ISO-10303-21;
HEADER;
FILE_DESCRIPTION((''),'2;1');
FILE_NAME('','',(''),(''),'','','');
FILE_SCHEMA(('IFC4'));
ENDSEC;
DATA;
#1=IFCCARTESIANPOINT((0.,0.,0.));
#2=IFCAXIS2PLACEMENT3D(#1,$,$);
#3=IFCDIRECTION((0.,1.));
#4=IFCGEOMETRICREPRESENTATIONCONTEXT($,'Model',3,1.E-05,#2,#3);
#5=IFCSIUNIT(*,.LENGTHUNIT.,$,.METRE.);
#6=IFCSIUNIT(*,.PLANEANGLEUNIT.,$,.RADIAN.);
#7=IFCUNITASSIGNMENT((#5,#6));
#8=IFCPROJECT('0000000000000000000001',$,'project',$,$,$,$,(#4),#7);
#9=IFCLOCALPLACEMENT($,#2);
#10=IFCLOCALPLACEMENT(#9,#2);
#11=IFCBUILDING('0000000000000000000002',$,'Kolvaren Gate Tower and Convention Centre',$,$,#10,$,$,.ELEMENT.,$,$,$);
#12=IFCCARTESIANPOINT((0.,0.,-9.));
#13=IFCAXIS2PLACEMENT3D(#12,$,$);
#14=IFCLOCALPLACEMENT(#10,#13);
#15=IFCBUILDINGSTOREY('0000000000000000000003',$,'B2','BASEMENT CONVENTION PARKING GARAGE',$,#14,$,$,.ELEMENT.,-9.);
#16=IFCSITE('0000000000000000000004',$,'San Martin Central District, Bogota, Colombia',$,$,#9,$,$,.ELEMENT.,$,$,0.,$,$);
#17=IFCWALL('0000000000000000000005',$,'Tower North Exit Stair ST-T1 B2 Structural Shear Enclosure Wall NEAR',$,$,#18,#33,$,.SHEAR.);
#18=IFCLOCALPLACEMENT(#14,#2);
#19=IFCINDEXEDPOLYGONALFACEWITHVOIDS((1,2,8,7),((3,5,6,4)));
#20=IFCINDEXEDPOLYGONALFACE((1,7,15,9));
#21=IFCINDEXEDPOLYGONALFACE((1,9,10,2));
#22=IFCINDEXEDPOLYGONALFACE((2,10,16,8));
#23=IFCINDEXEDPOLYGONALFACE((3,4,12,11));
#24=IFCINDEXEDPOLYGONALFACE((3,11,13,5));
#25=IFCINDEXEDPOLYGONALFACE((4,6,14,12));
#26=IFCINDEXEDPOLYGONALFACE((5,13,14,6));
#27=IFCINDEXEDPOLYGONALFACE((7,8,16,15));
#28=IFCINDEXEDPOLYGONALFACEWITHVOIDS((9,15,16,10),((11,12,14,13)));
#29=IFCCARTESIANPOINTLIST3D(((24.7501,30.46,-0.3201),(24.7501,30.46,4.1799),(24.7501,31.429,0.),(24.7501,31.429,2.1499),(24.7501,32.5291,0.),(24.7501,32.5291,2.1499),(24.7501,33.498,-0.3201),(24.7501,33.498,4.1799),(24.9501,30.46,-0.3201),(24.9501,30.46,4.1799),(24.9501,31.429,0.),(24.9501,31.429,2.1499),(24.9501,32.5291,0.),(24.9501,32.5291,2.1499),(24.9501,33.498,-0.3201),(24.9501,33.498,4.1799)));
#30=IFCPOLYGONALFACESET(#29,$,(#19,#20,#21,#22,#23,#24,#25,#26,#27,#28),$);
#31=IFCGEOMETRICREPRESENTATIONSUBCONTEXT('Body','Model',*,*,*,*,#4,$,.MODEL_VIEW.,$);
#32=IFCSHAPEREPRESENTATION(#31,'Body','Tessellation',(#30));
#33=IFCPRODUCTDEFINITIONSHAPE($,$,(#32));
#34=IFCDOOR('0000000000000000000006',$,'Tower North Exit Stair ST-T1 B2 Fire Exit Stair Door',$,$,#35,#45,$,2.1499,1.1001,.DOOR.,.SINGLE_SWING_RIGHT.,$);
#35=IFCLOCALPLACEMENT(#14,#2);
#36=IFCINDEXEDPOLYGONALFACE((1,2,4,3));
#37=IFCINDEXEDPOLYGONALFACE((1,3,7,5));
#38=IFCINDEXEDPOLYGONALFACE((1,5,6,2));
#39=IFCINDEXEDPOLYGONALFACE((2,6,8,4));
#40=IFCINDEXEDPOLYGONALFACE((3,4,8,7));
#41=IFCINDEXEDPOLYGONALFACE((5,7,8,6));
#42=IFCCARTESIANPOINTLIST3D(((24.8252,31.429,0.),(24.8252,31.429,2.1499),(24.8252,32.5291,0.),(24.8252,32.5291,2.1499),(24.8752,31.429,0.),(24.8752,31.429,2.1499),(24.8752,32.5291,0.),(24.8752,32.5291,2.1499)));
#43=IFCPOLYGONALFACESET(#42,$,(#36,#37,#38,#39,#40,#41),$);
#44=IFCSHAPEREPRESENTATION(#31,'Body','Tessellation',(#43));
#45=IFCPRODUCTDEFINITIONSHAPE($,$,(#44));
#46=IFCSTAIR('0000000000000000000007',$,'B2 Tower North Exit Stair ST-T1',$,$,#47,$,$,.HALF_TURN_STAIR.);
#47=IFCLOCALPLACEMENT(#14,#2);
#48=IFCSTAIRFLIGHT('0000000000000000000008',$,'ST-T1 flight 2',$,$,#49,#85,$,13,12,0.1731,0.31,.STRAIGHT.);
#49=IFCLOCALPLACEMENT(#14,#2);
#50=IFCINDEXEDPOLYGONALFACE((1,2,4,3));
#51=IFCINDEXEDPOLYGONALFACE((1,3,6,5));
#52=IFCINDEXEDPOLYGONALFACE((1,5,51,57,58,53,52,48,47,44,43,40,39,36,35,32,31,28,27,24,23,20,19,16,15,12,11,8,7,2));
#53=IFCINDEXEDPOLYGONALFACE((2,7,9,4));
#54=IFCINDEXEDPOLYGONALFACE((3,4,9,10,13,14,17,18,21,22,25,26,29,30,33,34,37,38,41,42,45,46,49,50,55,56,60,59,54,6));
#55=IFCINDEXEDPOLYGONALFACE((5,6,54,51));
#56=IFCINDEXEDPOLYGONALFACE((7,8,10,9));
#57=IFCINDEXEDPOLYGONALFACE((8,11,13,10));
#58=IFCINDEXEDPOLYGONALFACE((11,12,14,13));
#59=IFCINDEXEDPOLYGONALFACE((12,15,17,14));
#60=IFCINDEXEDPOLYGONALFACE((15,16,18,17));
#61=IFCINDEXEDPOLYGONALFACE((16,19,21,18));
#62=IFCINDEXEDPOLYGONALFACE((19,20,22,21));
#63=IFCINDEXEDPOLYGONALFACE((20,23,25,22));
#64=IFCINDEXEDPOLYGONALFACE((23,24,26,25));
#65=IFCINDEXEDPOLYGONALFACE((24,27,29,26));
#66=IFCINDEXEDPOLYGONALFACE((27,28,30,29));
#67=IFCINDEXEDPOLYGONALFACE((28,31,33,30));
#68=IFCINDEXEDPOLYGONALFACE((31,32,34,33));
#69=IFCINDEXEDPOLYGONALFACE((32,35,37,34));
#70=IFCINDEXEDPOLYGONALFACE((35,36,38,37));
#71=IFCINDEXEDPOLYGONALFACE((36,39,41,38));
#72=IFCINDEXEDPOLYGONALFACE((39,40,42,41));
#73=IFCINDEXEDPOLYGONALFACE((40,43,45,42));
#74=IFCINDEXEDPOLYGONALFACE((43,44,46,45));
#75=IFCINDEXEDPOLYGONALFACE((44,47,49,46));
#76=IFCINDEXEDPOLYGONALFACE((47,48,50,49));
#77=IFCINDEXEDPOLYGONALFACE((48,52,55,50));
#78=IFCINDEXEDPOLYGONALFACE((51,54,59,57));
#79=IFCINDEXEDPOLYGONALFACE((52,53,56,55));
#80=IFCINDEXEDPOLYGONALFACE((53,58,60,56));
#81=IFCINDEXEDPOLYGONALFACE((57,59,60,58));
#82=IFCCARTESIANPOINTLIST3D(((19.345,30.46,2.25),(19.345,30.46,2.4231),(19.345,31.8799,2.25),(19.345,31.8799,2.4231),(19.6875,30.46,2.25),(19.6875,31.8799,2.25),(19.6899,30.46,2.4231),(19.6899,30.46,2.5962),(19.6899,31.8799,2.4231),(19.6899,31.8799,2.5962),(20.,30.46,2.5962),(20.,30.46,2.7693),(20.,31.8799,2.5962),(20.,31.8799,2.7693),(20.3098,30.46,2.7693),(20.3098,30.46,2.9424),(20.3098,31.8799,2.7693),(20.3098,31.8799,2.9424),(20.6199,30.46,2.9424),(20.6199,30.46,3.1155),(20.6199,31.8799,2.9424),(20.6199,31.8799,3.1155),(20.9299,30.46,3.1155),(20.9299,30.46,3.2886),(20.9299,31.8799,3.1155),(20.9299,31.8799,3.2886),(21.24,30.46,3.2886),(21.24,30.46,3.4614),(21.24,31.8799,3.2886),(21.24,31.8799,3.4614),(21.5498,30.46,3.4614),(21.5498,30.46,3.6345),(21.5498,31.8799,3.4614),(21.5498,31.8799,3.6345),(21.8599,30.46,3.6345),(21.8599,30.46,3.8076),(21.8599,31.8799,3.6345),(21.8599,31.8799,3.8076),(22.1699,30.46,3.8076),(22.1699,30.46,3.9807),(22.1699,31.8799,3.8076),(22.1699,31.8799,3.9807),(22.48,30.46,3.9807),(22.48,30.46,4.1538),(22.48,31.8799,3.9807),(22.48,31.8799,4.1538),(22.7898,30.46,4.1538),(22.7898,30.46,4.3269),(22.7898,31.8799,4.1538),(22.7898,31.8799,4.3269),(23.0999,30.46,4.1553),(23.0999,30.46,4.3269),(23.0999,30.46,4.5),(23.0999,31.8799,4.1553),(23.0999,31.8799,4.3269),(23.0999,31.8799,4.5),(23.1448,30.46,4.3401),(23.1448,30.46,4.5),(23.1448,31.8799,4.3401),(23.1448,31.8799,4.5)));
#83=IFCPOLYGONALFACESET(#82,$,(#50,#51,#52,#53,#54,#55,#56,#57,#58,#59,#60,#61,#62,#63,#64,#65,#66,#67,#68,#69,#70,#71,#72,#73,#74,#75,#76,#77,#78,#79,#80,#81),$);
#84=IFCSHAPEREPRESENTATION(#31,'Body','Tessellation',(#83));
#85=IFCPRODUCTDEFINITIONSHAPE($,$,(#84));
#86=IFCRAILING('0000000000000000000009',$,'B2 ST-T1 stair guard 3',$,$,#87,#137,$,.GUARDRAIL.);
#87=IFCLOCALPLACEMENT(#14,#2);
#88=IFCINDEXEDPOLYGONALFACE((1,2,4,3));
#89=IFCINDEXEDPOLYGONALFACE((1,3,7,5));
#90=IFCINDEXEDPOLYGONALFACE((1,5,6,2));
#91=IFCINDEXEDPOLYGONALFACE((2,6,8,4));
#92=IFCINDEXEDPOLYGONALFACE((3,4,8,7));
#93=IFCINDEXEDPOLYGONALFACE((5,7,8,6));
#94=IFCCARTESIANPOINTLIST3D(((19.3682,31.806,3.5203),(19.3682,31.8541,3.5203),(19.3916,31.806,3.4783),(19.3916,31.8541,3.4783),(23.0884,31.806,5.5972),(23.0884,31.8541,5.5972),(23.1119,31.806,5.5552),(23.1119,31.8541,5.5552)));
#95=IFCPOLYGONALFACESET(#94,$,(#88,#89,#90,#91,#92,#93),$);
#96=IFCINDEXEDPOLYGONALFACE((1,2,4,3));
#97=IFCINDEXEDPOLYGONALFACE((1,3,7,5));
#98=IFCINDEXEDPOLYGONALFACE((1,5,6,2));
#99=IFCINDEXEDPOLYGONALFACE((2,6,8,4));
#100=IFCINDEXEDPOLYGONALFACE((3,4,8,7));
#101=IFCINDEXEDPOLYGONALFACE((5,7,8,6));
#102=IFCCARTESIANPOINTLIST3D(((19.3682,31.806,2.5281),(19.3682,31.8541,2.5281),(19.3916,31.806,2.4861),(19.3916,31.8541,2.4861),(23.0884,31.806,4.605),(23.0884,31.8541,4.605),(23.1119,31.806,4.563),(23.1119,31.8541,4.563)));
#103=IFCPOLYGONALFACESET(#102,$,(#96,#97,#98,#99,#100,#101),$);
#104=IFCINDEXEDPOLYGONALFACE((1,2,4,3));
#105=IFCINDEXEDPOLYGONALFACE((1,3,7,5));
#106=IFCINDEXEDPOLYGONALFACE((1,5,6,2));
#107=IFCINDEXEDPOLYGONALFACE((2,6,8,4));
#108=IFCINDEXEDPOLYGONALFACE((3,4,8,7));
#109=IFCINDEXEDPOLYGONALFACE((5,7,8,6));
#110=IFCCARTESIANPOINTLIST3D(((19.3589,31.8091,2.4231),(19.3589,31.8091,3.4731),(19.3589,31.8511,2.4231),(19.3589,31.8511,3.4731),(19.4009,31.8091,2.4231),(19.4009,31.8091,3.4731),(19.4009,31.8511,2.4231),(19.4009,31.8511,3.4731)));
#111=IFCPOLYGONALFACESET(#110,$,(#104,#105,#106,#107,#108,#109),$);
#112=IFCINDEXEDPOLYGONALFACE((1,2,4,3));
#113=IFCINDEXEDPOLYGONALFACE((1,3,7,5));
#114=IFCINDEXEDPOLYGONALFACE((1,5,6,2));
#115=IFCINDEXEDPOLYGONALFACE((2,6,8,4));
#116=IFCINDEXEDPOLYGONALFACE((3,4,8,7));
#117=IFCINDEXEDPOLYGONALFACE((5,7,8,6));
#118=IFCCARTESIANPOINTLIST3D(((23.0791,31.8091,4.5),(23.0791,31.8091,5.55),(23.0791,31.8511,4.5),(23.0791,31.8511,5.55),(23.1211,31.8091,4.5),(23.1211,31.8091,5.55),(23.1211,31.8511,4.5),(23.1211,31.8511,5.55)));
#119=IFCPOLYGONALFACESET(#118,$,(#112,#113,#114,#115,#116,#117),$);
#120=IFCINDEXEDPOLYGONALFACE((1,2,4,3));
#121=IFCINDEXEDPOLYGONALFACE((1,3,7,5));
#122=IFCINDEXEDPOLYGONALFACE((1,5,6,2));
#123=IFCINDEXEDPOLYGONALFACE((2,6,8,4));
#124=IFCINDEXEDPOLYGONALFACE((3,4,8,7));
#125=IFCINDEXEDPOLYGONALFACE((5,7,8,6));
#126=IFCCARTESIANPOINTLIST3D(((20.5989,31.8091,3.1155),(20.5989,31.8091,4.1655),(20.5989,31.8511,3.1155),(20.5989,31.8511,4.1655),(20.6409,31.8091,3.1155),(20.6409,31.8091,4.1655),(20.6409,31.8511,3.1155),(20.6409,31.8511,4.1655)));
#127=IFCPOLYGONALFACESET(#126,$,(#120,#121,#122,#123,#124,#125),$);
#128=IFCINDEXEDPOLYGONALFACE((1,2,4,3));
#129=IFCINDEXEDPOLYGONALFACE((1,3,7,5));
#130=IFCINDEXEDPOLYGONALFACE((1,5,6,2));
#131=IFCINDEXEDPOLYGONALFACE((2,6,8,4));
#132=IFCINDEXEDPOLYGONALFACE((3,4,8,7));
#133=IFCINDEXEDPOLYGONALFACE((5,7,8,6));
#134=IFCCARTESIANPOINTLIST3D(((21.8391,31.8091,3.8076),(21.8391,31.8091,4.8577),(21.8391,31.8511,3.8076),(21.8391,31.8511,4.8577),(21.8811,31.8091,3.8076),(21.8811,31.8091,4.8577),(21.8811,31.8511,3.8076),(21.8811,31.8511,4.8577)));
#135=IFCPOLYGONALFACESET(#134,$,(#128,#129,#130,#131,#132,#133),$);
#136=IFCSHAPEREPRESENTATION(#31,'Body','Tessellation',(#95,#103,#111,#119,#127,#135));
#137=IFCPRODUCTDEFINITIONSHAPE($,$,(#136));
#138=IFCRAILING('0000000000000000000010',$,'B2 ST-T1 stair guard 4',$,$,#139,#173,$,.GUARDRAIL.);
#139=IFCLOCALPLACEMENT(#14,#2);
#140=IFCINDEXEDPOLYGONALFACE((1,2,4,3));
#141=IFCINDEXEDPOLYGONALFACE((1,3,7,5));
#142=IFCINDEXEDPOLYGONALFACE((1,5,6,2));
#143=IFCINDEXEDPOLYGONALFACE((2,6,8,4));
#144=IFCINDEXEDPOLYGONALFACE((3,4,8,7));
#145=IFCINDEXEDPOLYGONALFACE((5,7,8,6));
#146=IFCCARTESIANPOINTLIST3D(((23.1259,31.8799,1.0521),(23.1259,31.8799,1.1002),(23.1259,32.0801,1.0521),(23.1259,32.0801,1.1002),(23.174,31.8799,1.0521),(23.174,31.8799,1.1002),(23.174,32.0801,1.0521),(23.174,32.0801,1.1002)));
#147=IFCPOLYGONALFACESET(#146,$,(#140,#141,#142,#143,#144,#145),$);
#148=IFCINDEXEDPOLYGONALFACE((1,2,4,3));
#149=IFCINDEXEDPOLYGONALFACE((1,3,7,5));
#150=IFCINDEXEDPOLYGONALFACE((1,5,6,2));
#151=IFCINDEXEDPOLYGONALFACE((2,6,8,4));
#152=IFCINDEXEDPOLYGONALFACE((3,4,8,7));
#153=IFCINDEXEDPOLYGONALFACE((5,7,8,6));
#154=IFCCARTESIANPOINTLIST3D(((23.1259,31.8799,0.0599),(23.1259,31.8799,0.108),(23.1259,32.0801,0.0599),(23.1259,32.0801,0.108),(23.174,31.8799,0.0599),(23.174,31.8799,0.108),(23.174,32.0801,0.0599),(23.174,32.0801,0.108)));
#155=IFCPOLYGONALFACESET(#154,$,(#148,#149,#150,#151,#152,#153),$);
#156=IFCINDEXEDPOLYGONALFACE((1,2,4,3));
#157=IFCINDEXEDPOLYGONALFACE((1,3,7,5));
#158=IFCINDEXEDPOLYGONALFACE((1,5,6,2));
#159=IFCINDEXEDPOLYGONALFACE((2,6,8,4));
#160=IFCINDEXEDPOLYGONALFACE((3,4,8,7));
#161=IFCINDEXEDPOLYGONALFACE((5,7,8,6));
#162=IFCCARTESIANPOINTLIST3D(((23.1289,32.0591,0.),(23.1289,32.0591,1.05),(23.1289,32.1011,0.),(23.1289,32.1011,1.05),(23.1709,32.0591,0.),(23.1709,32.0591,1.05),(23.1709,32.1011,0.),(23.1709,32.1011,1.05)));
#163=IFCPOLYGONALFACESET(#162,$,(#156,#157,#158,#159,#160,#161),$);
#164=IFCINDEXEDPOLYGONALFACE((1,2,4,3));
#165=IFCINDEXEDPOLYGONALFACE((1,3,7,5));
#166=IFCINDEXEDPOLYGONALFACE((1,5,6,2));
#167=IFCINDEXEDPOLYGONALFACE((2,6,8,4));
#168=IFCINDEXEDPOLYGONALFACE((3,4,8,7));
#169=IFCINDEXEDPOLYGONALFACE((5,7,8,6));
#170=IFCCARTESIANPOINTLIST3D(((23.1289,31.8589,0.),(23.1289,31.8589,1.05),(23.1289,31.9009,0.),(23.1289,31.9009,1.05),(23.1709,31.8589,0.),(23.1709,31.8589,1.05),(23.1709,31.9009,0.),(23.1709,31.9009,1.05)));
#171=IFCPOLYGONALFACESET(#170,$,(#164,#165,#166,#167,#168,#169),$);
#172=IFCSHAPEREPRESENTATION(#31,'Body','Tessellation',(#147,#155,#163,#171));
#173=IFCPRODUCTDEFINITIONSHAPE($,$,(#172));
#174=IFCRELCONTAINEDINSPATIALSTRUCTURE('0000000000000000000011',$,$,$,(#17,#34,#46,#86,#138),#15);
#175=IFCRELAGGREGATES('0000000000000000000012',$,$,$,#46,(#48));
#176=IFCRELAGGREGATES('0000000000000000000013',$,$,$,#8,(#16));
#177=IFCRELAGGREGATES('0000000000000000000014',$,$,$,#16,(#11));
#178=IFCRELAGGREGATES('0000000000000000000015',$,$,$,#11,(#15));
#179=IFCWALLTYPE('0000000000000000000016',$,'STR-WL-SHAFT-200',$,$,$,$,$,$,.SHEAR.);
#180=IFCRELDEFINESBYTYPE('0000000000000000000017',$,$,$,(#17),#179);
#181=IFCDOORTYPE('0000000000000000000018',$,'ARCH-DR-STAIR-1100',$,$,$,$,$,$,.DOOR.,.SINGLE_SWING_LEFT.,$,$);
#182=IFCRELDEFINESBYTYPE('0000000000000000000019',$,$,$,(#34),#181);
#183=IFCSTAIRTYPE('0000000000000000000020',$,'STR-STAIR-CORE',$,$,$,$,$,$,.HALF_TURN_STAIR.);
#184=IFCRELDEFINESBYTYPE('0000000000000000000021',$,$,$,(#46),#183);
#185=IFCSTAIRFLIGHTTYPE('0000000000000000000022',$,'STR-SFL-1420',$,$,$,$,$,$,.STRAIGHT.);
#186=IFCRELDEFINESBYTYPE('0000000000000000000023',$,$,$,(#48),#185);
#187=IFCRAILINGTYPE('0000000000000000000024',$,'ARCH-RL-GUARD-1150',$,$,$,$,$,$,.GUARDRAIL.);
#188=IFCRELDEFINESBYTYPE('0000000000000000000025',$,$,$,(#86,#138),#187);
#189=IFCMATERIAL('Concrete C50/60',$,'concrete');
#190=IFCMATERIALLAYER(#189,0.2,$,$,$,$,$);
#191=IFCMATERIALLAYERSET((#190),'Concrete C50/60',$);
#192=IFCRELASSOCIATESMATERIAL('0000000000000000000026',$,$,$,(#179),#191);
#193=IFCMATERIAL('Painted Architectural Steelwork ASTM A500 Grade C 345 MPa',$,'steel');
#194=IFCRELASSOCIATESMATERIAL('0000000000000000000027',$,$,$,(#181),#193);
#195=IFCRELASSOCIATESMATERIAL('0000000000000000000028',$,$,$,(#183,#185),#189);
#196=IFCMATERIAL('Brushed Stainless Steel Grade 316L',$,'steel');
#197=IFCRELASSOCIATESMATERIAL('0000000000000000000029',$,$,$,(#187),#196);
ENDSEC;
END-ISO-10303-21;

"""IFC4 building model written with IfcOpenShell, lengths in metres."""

from ifc_helpers import new_model, si_unit, direction, frame, frame_2d, origin, origin_2d, place, context, subcontext, project, spatial, polyline, rectangle, outline, extrude, material, layer, layer_set, type_object, element, fill, aggregate, save


model = new_model("IFC4")

# Units and contexts
model_context = context("Model", 3, precision=1e-05, world=origin(), true_north=direction((0.0, 1.0)))
body_context = subcontext(model_context, "Body", "Model", "MODEL_VIEW")
ifc_project = project(units=[si_unit("LENGTHUNIT", "METRE"), si_unit("PLANEANGLEUNIT", "RADIAN")], contexts=[model_context])

# Site, building, storey
site_placement = place(None, origin())
site = spatial("IfcSite", under=ifc_project, at=site_placement, Name="San Martin Central District, Bogota, Colombia", CompositionType="ELEMENT", RefElevation=0.0)
building_placement = place(site_placement, origin())
building = spatial("IfcBuilding", under=site, at=building_placement, Name="Kolvaren Gate Tower and Convention Centre", CompositionType="ELEMENT")
storey_placement = place(building_placement, frame((0.0, 0.0, -9.0)))
storey = spatial("IfcBuildingStorey", under=building, at=storey_placement, Name="B2", Description="BASEMENT CONVENTION PARKING GARAGE", CompositionType="ELEMENT", Elevation=-9.0)

# Shared definitions
ifc_material_1 = material(Name="Brushed Stainless Steel Grade 316L", Category="steel")

# Wall, opening, door
ifc_material_2 = material(Name="Concrete C50/60", Category="concrete")
ifc_layer_1 = layer(ifc_material_2, 0.2)
ifc_layer_set_1 = layer_set([ifc_layer_1], Name="Concrete C50/60")
wall_type_1 = type_object("IfcWallType", Name="STR-WL-SHAFT-200", PredefinedType="SHEAR", material=ifc_layer_set_1)
wall_1_placement = place(storey_placement, frame((24.8501, 30.46, -0.3201), z_axis=(0.0, 0.0, 1.0), x_axis=(0.0, 1.0, 0.0)))
wall_1 = element("IfcWall", 1, at=wall_1_placement, inside=storey, type_object=wall_type_1, Name="Tower North Exit Stair ST-T1 B2 Structural Shear Enclosure Wall NEAR", PredefinedType="SHEAR", context=body_context, shape_type="SweptSolid", body=[
    extrude(rectangle(XDim=3.0381, YDim=0.2, at=frame_2d((1.519, 0.0))), origin(), (0.0, 0.0, 1.0), 4.5),
])
opening_1_placement = place(wall_1_placement, frame((0.969, 0.0, 0.3201)))
opening_1 = element("IfcOpeningElement", 2, at=opening_1_placement, cuts=wall_1, PredefinedType="OPENING", context=body_context, shape_type="SweptSolid", body=[
    extrude(rectangle(XDim=1.1001, YDim=2.1499, at=frame_2d((0.55, 1.075))), frame((0.0, 0.1099, 0.0), z_axis=(0.0, -1.0, 0.0), x_axis=(1.0, 0.0, 0.0)), (0.0, 0.0, 1.0), 0.22),
])
ifc_material_3 = material(Name="Painted Architectural Steelwork ASTM A500 Grade C 345 MPa", Category="steel")
door_type_1 = type_object("IfcDoorType", Name="ARCH-DR-STAIR-1100", OperationType="SINGLE_SWING_LEFT", PredefinedType="DOOR", material=ifc_material_3)
door_1_placement = place(opening_1_placement, origin())
door_1 = element("IfcDoor", 3, at=door_1_placement, inside=storey, type_object=door_type_1, Name="Tower North Exit Stair ST-T1 B2 Fire Exit Stair Door", OperationType="SINGLE_SWING_RIGHT", OverallHeight=2.1499, OverallWidth=1.1001, PredefinedType="DOOR", context=body_context, shape_type="SweptSolid", body=[
    extrude(rectangle(XDim=1.1001, YDim=2.1499, at=frame_2d((0.55, 1.075))), frame((0.0, 0.0249, 0.0), z_axis=(0.0, -1.0, 0.0), x_axis=(1.0, 0.0, 0.0)), (0.0, 0.0, 1.0), 0.05),
])
fill(opening_1, door_1)

# Stair, stair flight
stair_type = type_object("IfcStairType", Name="STR-STAIR-CORE", PredefinedType="HALF_TURN_STAIR", material=ifc_material_2)
stair_placement = place(storey_placement, origin())
stair = element("IfcStair", 4, at=stair_placement, inside=storey, type_object=stair_type, Name="B2 Tower North Exit Stair ST-T1", PredefinedType="HALF_TURN_STAIR")
stair_flight_type = type_object("IfcStairFlightType", Name="STR-SFL-1420", PredefinedType="STRAIGHT", material=ifc_material_2)
stair_flight_placement = place(storey_placement, frame((19.3799, 31.1699, 2.25), z_axis=(0.0, 0.0, 1.0), x_axis=(1.0, 0.0, 0.0)))
stair_flight = element("IfcStairFlight", 5, at=stair_flight_placement, type_object=stair_flight_type, Name="ST-T1 flight 2", NumberOfRisers=13, NumberOfTreads=12, PredefinedType="STRAIGHT", RiserHeight=0.1731, TreadLength=0.31, context=body_context, shape_type="SweptSolid", body=[
    extrude(outline(polyline([(-0.0349, 0.0), (-0.0349, 0.1731), (0.3101, 0.1731), (0.3101, 0.3462), (0.6201, 0.3462), (0.6201, 0.5193), (0.9299, 0.5193), (0.9299, 0.6924), (1.24, 0.6924), (1.24, 0.8655), (1.55, 0.8655), (1.55, 1.0386), (1.8601, 1.0386), (1.8601, 1.2114), (2.1699, 1.2114), (2.1699, 1.3845), (2.48, 1.3845), (2.48, 1.5576), (2.79, 1.5576), (2.79, 1.7307), (3.1001, 1.7307), (3.1001, 1.9038), (3.4099, 1.9038), (3.4099, 2.0769), (3.72, 2.0769), (3.72, 2.25), (3.7649, 2.25), (3.7649, 2.0901), (3.72, 1.9053), (0.3076, 0.0), (-0.0349, 0.0)])), frame((0.0, 0.71, 0.0), z_axis=(0.0, -1.0, 0.0), x_axis=(1.0, 0.0, 0.0)), (0.0, 0.0, 1.0), 1.4199),
])
aggregate(stair, [stair_flight])

# Railings
railing_type = type_object("IfcRailingType", Name="ARCH-RL-GUARD-1150", PredefinedType="GUARDRAIL", material=ifc_material_1)
railing_1_placement = place(storey_placement, frame((19.3799, 31.8301, 2.4231)))
element("IfcRailing", 6, at=railing_1_placement, inside=storey, type_object=railing_type, Name="B2 ST-T1 stair guard 3", PredefinedType="GUARDRAIL", context=body_context, shape_type="SweptSolid", body=[
    extrude(rectangle(XDim=0.0481, YDim=0.0481, at=origin_2d()), frame((0.0, 0.0, 1.0762), z_axis=(0.873147, 0.0, 0.487457), x_axis=(0.0, 1.0, 0.0)), (0.0, 0.0, 1.0), 4.2607),
    extrude(rectangle(XDim=0.0481, YDim=0.0481, at=origin_2d()), frame((0.0, 0.0, 0.084), z_axis=(0.873147, 0.0, 0.487457), x_axis=(0.0, 1.0, 0.0)), (0.0, 0.0, 1.0), 4.2607),
    extrude(rectangle(XDim=0.042, YDim=0.042, at=origin_2d()), origin(), (0.0, 0.0, 1.0), 1.05),
    extrude(rectangle(XDim=0.042, YDim=0.042, at=origin_2d()), frame((3.7202, 0.0, 2.0769)), (0.0, 0.0, 1.0), 1.05),
    extrude(rectangle(XDim=0.042, YDim=0.042, at=origin_2d()), frame((1.24, 0.0, 0.6924)), (0.0, 0.0, 1.0), 1.05),
    extrude(rectangle(XDim=0.042, YDim=0.042, at=origin_2d()), frame((2.4802, 0.0, 1.3845)), (0.0, 0.0, 1.0), 1.05),
])
railing_2_placement = place(storey_placement, frame((23.1499, 32.0801, 0.0)))
element("IfcRailing", 7, at=railing_2_placement, inside=storey, type_object=railing_type, Name="B2 ST-T1 stair guard 4", PredefinedType="GUARDRAIL", context=body_context, shape_type="SweptSolid", body=[
    extrude(rectangle(XDim=0.0481, YDim=0.0481, at=origin_2d()), frame((0.0, 0.0, 1.0762), z_axis=(0.0, -1.0, 0.0), x_axis=(1.0, 0.0, 0.0)), (0.0, 0.0, 1.0), 0.2002),
    extrude(rectangle(XDim=0.0481, YDim=0.0481, at=origin_2d()), frame((0.0, 0.0, 0.084), z_axis=(0.0, -1.0, 0.0), x_axis=(1.0, 0.0, 0.0)), (0.0, 0.0, 1.0), 0.2002),
    extrude(rectangle(XDim=0.042, YDim=0.042, at=origin_2d()), origin(), (0.0, 0.0, 1.0), 1.05),
    extrude(rectangle(XDim=0.042, YDim=0.042, at=origin_2d()), frame((0.0, -0.2002, 0.0)), (0.0, 0.0, 1.0), 1.05),
])

save(model, "model.ifc")
